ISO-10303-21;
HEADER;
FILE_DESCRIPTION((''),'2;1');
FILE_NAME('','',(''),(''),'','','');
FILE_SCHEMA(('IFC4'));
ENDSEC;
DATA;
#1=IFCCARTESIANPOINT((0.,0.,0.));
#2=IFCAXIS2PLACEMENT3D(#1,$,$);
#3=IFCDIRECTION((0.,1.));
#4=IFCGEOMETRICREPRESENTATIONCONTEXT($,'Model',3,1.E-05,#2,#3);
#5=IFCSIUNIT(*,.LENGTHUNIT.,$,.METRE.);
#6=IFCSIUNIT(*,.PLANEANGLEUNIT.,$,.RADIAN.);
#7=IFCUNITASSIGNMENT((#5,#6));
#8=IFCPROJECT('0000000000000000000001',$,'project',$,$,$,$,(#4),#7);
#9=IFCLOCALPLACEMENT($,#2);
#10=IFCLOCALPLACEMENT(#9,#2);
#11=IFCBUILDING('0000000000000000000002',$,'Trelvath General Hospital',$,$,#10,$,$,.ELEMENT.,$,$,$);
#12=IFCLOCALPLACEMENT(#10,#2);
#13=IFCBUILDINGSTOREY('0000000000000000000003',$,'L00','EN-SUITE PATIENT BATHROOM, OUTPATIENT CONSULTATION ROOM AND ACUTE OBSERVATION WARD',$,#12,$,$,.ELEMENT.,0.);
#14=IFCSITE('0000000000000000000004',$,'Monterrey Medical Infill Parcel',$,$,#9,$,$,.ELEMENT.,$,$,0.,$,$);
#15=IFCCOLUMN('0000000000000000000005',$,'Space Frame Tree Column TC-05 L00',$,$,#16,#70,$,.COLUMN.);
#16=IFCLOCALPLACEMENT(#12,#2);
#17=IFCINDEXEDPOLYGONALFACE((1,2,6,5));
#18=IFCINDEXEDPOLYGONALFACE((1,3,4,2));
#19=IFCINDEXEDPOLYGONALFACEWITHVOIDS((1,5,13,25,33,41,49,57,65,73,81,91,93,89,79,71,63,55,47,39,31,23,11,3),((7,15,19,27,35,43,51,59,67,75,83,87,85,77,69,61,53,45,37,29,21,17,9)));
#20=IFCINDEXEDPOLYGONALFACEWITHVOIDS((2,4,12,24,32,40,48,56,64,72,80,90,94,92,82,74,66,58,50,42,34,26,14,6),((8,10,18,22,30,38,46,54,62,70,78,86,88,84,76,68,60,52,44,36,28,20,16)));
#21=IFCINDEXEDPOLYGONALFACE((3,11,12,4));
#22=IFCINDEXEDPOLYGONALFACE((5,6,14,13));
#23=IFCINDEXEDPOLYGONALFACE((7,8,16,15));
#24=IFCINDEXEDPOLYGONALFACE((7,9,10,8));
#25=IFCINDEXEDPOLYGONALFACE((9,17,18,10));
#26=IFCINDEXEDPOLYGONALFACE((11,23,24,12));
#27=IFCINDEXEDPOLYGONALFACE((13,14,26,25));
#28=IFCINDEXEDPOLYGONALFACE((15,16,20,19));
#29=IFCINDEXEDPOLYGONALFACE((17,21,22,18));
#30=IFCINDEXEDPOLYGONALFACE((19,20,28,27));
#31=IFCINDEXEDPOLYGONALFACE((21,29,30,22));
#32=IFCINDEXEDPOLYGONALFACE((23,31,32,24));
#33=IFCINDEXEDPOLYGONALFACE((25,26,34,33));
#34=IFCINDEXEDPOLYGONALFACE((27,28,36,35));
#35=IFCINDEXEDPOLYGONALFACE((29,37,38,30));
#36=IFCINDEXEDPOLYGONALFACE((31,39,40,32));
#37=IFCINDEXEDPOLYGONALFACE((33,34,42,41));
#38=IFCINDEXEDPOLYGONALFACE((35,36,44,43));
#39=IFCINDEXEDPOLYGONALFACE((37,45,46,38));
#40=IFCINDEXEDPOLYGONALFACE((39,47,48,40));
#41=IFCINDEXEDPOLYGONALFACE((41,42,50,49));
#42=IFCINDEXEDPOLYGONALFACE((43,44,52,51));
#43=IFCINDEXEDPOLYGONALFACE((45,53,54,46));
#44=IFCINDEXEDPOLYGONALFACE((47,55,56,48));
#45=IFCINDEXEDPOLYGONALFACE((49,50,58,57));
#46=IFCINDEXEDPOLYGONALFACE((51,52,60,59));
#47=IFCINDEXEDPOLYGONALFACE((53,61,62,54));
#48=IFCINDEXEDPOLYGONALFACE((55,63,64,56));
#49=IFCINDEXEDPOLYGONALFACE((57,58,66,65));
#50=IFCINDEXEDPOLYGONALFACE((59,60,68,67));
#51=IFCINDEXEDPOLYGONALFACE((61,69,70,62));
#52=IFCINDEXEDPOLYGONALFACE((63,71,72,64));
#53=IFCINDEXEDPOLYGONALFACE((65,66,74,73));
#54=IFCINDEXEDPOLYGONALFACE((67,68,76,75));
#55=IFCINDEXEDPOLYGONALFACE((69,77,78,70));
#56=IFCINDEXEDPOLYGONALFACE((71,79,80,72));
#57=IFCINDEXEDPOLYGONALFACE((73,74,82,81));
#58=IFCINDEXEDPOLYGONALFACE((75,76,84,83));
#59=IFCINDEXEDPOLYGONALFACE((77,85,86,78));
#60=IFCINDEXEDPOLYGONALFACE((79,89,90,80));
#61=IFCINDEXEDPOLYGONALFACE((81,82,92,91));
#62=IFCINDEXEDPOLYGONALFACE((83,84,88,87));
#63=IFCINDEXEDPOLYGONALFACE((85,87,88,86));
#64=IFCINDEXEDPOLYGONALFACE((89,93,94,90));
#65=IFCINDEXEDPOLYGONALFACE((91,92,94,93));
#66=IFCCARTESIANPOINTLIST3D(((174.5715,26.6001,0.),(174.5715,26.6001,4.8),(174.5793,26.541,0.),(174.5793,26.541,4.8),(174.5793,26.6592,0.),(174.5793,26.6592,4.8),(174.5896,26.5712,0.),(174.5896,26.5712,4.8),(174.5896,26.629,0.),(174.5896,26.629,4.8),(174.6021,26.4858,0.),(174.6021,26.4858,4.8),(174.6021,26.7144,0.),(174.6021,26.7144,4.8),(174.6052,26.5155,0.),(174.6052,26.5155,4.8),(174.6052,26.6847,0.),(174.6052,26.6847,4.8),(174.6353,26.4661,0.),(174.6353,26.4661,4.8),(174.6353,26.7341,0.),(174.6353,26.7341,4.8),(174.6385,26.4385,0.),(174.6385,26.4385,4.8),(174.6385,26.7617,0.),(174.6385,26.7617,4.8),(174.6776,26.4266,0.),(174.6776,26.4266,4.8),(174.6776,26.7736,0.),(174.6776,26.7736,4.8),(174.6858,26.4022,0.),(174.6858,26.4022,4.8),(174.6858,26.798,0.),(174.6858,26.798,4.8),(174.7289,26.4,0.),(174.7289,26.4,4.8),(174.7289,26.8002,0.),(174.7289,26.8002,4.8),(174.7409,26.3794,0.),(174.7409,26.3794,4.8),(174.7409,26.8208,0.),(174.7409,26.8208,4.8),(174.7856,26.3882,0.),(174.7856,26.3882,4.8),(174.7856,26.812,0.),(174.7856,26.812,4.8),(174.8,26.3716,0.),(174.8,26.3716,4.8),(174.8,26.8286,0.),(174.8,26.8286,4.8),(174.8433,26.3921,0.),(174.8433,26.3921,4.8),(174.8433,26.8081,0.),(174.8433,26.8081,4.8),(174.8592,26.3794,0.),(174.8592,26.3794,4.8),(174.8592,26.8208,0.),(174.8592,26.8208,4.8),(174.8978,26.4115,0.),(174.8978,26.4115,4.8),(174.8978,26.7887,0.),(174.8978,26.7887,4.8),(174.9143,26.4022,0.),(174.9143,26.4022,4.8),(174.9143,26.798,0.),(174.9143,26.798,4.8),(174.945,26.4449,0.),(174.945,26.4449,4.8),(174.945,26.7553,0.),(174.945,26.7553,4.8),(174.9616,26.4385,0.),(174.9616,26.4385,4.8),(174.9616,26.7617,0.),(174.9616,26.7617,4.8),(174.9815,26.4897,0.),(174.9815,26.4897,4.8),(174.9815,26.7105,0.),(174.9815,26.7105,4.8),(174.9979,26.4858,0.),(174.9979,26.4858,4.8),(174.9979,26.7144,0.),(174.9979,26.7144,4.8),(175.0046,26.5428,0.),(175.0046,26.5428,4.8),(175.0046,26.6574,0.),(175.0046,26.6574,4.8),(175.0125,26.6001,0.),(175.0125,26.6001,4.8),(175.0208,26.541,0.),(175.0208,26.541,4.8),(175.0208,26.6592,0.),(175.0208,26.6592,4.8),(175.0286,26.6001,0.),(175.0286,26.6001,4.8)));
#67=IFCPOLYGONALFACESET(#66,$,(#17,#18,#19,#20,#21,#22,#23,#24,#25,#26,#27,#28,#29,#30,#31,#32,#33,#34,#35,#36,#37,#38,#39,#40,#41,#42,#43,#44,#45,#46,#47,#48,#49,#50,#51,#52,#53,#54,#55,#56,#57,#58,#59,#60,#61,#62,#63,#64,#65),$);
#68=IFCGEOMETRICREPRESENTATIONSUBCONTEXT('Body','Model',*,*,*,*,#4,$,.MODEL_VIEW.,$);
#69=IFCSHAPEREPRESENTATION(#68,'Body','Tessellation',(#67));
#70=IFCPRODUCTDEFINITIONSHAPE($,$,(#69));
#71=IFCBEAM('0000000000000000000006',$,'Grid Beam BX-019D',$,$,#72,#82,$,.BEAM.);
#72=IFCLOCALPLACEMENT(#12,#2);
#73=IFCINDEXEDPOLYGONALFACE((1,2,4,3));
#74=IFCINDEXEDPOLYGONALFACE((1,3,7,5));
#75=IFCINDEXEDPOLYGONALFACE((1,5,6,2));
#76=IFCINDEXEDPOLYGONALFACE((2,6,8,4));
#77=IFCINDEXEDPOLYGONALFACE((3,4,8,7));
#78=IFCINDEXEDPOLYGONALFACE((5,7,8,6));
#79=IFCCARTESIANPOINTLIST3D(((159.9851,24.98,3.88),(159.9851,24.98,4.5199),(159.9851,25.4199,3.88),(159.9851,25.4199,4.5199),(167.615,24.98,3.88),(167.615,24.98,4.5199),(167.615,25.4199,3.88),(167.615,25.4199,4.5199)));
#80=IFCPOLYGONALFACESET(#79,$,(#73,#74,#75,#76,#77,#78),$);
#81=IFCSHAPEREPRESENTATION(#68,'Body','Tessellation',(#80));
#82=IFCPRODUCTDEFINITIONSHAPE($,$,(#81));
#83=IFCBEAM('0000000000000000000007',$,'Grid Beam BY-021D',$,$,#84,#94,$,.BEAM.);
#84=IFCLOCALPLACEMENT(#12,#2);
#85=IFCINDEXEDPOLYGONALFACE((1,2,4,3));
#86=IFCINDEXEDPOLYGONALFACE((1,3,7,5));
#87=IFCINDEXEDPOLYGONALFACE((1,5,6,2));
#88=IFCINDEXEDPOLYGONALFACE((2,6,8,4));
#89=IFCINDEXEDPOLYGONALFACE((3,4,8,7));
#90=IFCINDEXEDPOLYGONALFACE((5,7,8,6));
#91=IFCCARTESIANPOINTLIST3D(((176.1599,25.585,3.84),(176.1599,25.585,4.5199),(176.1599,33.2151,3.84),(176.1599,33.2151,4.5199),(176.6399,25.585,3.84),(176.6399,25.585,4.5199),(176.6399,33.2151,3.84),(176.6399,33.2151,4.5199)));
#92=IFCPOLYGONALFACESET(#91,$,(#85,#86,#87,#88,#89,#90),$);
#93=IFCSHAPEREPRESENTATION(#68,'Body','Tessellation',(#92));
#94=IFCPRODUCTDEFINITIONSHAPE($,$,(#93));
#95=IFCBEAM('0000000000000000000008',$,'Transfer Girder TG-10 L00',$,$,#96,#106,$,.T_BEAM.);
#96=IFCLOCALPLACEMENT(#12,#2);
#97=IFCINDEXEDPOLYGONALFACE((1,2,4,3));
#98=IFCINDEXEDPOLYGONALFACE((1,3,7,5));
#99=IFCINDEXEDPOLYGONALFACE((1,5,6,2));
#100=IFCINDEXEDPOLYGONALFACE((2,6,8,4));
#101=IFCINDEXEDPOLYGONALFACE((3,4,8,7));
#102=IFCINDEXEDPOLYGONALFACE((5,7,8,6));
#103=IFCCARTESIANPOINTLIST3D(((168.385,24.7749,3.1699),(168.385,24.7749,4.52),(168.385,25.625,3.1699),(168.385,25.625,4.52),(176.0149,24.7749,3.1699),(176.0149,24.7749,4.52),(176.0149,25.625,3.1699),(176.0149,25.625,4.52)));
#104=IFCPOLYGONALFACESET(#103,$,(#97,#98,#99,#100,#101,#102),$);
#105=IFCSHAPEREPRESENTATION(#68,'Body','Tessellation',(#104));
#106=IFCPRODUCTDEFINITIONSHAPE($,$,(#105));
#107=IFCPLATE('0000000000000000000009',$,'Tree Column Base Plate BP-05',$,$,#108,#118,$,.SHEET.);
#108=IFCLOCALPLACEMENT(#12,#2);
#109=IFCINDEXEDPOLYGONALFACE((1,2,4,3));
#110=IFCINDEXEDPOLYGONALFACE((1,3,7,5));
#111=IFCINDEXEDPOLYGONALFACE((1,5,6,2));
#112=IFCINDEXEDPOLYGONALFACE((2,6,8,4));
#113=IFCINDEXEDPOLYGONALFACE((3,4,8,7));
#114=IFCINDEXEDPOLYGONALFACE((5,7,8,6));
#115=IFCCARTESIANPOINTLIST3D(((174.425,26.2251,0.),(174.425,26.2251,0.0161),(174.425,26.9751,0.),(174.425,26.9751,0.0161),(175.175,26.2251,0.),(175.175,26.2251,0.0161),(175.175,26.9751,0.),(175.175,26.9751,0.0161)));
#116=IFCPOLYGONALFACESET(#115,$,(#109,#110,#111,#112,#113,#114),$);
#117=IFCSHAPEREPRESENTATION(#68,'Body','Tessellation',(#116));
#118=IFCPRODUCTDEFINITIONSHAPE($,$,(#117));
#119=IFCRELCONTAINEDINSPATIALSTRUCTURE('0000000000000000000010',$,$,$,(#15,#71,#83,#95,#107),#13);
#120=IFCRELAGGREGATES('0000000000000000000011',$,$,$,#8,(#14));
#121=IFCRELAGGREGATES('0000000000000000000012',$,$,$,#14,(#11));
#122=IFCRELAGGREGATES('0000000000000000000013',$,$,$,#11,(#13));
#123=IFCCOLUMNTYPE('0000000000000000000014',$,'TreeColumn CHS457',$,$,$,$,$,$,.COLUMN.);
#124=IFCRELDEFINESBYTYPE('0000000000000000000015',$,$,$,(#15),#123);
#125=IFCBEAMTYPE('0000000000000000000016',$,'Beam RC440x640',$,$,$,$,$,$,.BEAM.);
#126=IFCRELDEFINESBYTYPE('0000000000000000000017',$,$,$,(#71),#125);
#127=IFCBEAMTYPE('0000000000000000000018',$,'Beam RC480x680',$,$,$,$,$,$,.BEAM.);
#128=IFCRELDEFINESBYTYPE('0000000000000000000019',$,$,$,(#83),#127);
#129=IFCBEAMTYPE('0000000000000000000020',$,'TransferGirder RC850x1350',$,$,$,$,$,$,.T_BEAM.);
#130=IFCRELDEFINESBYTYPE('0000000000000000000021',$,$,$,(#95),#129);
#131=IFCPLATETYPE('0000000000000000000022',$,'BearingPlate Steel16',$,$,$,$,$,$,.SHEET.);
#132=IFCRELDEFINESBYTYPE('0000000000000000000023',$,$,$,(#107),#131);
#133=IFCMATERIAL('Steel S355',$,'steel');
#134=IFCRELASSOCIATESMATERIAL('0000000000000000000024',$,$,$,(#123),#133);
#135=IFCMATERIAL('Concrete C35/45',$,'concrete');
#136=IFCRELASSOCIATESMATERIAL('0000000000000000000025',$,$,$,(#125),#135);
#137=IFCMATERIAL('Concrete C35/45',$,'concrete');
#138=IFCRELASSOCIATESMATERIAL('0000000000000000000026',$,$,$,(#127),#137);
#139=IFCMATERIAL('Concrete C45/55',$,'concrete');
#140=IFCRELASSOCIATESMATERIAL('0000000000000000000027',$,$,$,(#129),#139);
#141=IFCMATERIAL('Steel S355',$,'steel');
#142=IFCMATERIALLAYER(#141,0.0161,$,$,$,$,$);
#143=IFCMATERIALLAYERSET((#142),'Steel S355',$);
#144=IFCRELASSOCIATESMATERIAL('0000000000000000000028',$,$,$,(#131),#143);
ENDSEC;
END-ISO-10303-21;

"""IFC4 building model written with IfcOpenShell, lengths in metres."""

from ifc_helpers import new_model, si_unit, direction, frame, origin, origin_2d, place, context, subcontext, project, spatial, rectangle, hollow_circle, extrude, material, layer, layer_set, material_profile, profile_set, type_object, element, save


model = new_model("IFC4")

# Units and contexts
model_context = context("Model", 3, precision=1e-05, world=origin(), true_north=direction((0.0, 1.0)))
body_context = subcontext(model_context, "Body", "Model", "MODEL_VIEW")
ifc_project = project(units=[si_unit("LENGTHUNIT", "METRE"), si_unit("PLANEANGLEUNIT", "RADIAN")], contexts=[model_context])

# Site, building, storey
site_placement = place(None, origin())
site = spatial("IfcSite", under=ifc_project, at=site_placement, Name="Monterrey Medical Infill Parcel", CompositionType="ELEMENT", RefElevation=0.0)
building_placement = place(site_placement, origin())
building = spatial("IfcBuilding", under=site, at=building_placement, Name="Trelvath General Hospital", CompositionType="ELEMENT")
storey_placement = place(building_placement, origin())
storey = spatial("IfcBuildingStorey", under=building, at=storey_placement, Name="L00", Description="EN-SUITE PATIENT BATHROOM, OUTPATIENT CONSULTATION ROOM AND ACUTE OBSERVATION WARD", CompositionType="ELEMENT", Elevation=0.0)

# Column
ifc_material_1 = material(Name="Steel S355", Category="steel")
ifc_material_profile_1 = material_profile(ifc_material_1, hollow_circle(Radius=0.2285, WallThickness=0.0161, at=origin_2d()), Name="CHS457.0x16.0")
ifc_profile_set_1 = profile_set([ifc_material_profile_1], Name="Steel S355")
column_type_1 = type_object("IfcColumnType", Name="TreeColumn CHS457", PredefinedType="COLUMN", material=ifc_profile_set_1)
column_placement = place(storey_placement, frame((174.8, 26.6001, 0.0), z_axis=(0.0, 0.0, 1.0), x_axis=(1.0, 0.0, 0.0)))
element("IfcColumn", 1, at=column_placement, inside=storey, type_object=column_type_1, Name="Space Frame Tree Column TC-05 L00", PredefinedType="COLUMN", context=body_context, shape_type="SweptSolid", body=[
    extrude(hollow_circle(Radius=0.2285, WallThickness=0.0161, at=origin_2d()), origin(), (0.0, 0.0, 1.0), 4.8),
])

# Beams
ifc_material_2 = material(Name="Concrete C35/45", Category="concrete")
ifc_material_profile_2 = material_profile(ifc_material_2, rectangle(XDim=0.4399, YDim=0.6399, at=origin_2d()), Name="RCB440x640")
ifc_profile_set_2 = profile_set([ifc_material_profile_2], Name="Concrete C35/45")
beam_type_1 = type_object("IfcBeamType", Name="Beam RC440x640", PredefinedType="BEAM", material=ifc_profile_set_2)
beam_1_placement = place(storey_placement, frame((159.9851, 25.2, 4.2), z_axis=(1.0, 0.0, 0.0), x_axis=(0.0, 1.0, 0.0)))
element("IfcBeam", 2, at=beam_1_placement, inside=storey, type_object=beam_type_1, Name="Grid Beam BX-019D", PredefinedType="BEAM", context=body_context, shape_type="SweptSolid", body=[
    extrude(rectangle(XDim=0.4399, YDim=0.6399, at=origin_2d()), origin(), (0.0, 0.0, 1.0), 7.6299),
])
ifc_material_3 = material(Name="Concrete C35/45", Category="concrete")
ifc_material_profile_3 = material_profile(ifc_material_3, rectangle(XDim=0.48, YDim=0.6799, at=origin_2d()), Name="RCB480x680")
ifc_profile_set_3 = profile_set([ifc_material_profile_3], Name="Concrete C35/45")
beam_type_2 = type_object("IfcBeamType", Name="Beam RC480x680", PredefinedType="BEAM", material=ifc_profile_set_3)
beam_2_placement = place(storey_placement, frame((176.3999, 25.585, 4.1799), z_axis=(0.0, 1.0, 0.0), x_axis=(-1.0, 0.0, 0.0)))
element("IfcBeam", 3, at=beam_2_placement, inside=storey, type_object=beam_type_2, Name="Grid Beam BY-021D", PredefinedType="BEAM", context=body_context, shape_type="SweptSolid", body=[
    extrude(rectangle(XDim=0.48, YDim=0.6799, at=origin_2d()), origin(), (0.0, 0.0, 1.0), 7.6301),
])
ifc_material_4 = material(Name="Concrete C45/55", Category="concrete")
ifc_material_profile_4 = material_profile(ifc_material_4, rectangle(XDim=0.8501, YDim=1.3501, at=origin_2d()), Name="RCB850x1350")
ifc_profile_set_4 = profile_set([ifc_material_profile_4], Name="Concrete C45/55")
beam_type_3 = type_object("IfcBeamType", Name="TransferGirder RC850x1350", PredefinedType="T_BEAM", material=ifc_profile_set_4)
beam_3_placement = place(storey_placement, frame((168.385, 25.2, 3.845), z_axis=(1.0, 0.0, 0.0), x_axis=(0.0, 1.0, 0.0)))
element("IfcBeam", 4, at=beam_3_placement, inside=storey, type_object=beam_type_3, Name="Transfer Girder TG-10 L00", PredefinedType="T_BEAM", context=body_context, shape_type="SweptSolid", body=[
    extrude(rectangle(XDim=0.8501, YDim=1.3501, at=origin_2d()), origin(), (0.0, 0.0, 1.0), 7.6299),
])

# Plate
ifc_material_5 = material(Name="Steel S355", Category="steel")
ifc_layer_1 = layer(ifc_material_5, 0.0161)
ifc_layer_set_1 = layer_set([ifc_layer_1], Name="Steel S355")
plate_type = type_object("IfcPlateType", Name="BearingPlate Steel16", PredefinedType="SHEET", material=ifc_layer_set_1)
plate_placement = place(storey_placement, frame((174.8, 26.6001, 0.0), z_axis=(0.0, 0.0, 1.0), x_axis=(1.0, 0.0, 0.0)))
element("IfcPlate", 5, at=plate_placement, inside=storey, type_object=plate_type, Name="Tree Column Base Plate BP-05", PredefinedType="SHEET", context=body_context, shape_type="SweptSolid", body=[
    extrude(rectangle(XDim=0.75, YDim=0.75, at=origin_2d()), origin(), (0.0, 0.0, 1.0), 0.0161),
])

save(model, "model.ifc")
